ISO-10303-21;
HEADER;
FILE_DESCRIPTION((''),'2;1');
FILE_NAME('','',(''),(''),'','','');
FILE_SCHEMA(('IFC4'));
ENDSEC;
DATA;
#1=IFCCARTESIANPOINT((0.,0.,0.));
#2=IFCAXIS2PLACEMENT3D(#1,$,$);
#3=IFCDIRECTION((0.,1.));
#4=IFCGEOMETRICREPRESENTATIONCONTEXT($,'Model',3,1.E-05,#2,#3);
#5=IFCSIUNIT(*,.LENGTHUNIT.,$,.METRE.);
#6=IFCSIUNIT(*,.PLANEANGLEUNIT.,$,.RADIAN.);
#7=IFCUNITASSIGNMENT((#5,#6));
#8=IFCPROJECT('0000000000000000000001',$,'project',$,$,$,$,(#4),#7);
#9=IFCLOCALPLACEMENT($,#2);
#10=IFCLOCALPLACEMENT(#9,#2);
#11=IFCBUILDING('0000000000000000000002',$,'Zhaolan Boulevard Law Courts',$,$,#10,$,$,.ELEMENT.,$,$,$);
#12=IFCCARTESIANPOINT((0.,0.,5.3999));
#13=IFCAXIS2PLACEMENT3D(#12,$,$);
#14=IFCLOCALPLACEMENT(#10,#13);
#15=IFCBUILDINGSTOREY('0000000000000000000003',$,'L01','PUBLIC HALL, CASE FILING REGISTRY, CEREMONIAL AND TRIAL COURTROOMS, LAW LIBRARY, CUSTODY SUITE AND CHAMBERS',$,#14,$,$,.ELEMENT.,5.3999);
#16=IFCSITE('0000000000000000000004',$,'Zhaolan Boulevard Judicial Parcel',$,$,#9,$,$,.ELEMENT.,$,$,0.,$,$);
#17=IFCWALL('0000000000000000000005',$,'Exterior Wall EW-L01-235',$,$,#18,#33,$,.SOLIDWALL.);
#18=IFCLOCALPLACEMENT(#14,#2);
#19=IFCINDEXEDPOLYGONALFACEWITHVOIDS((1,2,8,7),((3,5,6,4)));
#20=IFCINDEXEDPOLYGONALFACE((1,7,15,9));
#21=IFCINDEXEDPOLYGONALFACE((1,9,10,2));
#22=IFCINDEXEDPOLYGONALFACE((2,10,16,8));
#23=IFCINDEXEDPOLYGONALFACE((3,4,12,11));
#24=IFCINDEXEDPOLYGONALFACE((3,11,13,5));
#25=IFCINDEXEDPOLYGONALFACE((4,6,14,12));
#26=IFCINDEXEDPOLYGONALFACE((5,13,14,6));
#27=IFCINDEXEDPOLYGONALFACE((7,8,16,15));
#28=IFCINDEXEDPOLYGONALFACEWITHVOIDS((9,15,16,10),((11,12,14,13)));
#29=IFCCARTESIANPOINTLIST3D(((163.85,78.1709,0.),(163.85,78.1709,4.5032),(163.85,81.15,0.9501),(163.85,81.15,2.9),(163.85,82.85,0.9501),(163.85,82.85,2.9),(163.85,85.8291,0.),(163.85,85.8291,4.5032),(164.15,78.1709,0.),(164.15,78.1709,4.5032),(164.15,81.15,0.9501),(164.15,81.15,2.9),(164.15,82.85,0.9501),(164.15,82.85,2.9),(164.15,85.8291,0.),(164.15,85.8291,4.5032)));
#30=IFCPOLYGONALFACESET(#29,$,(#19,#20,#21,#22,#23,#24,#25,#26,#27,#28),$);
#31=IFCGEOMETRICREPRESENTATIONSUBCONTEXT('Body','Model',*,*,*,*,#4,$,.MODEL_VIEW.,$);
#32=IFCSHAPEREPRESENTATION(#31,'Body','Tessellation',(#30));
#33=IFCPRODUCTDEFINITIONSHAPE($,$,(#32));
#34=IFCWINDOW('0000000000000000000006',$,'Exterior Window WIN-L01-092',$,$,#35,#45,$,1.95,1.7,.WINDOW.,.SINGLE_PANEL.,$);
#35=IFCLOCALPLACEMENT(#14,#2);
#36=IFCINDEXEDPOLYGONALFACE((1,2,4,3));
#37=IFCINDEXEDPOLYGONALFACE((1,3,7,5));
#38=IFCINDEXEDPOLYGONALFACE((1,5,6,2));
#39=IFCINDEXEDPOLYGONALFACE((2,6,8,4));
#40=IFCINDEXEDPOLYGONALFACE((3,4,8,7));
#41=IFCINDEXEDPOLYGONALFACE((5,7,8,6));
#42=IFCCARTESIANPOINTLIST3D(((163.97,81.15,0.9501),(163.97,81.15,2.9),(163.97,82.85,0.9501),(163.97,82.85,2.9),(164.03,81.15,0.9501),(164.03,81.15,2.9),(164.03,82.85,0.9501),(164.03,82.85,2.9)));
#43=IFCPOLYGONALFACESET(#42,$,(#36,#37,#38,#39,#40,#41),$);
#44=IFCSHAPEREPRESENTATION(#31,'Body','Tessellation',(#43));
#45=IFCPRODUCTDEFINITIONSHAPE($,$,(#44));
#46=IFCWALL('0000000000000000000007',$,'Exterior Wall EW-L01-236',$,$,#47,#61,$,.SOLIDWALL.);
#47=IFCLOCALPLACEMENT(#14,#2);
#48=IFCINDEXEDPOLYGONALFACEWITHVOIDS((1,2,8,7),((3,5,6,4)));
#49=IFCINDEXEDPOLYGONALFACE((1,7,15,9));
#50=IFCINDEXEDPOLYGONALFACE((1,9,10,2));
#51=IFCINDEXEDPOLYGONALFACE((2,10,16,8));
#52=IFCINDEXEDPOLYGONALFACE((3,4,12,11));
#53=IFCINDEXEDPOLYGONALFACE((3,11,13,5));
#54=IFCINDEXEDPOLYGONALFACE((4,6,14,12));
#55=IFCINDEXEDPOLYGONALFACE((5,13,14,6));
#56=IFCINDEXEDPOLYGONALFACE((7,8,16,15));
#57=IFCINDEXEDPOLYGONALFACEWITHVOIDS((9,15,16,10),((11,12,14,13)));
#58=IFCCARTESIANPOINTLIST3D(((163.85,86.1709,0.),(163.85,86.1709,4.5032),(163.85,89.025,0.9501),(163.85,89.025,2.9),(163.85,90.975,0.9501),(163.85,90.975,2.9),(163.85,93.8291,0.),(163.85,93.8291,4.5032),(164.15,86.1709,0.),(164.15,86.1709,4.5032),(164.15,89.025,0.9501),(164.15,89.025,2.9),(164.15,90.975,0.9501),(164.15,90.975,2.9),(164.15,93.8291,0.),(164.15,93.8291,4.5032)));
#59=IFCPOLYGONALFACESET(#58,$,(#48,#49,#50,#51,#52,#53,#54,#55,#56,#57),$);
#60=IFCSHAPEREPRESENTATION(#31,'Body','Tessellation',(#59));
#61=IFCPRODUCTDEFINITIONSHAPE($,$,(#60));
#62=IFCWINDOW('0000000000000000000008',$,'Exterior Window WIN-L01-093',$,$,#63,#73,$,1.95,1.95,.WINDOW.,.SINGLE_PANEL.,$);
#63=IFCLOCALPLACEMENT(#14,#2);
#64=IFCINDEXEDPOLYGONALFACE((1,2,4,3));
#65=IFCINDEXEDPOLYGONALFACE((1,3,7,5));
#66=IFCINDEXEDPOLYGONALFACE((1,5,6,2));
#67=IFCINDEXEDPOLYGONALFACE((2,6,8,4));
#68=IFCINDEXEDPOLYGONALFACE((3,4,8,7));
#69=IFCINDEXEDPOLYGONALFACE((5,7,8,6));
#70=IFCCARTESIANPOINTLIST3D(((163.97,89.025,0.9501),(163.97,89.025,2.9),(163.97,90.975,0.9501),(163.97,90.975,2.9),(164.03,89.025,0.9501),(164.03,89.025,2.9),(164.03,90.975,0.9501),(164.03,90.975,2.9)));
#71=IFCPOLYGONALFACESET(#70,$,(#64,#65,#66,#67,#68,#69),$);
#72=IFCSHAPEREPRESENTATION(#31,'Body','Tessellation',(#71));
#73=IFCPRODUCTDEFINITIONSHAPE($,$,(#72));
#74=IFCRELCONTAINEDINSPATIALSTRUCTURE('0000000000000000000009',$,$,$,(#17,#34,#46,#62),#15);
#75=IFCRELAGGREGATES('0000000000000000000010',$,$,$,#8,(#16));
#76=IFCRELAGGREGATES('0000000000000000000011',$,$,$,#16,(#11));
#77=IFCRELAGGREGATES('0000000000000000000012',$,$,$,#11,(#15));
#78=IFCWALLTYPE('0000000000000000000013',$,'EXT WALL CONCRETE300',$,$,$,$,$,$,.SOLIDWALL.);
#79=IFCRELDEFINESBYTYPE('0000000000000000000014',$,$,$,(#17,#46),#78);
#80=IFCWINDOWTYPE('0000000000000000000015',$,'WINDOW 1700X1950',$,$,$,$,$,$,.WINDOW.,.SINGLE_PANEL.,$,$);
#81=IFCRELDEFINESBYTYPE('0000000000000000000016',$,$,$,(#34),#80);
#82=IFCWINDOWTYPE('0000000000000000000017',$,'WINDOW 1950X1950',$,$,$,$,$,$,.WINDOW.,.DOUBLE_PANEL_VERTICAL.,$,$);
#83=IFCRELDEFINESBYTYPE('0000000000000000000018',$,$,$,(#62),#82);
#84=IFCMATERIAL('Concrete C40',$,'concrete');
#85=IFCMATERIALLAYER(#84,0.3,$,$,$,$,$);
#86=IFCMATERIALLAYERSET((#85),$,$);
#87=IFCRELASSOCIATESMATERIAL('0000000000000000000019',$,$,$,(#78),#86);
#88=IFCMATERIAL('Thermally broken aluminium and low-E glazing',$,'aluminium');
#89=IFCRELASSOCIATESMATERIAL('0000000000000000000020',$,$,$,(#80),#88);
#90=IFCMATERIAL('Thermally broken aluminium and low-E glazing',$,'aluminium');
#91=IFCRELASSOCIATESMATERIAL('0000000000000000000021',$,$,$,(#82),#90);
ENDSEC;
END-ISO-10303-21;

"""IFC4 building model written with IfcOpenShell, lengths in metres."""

from ifc_helpers import new_model, si_unit, direction, frame, frame_2d, origin, place, context, subcontext, project, spatial, rectangle, extrude, material, layer, layer_set, type_object, element, fill, save


model = new_model("IFC4")

# Units and contexts
model_context = context("Model", 3, precision=1e-05, world=origin(), true_north=direction((0.0, 1.0)))
body_context = subcontext(model_context, "Body", "Model", "MODEL_VIEW")
ifc_project = project(units=[si_unit("LENGTHUNIT", "METRE"), si_unit("PLANEANGLEUNIT", "RADIAN")], contexts=[model_context])

# Site, building, storey
site_placement = place(None, origin())
site = spatial("IfcSite", under=ifc_project, at=site_placement, Name="Zhaolan Boulevard Judicial Parcel", CompositionType="ELEMENT", RefElevation=0.0)
building_placement = place(site_placement, origin())
building = spatial("IfcBuilding", under=site, at=building_placement, Name="Zhaolan Boulevard Law Courts", CompositionType="ELEMENT")
storey_placement = place(building_placement, frame((0.0, 0.0, 5.3999)))
storey = spatial("IfcBuildingStorey", under=building, at=storey_placement, Name="L01", Description="PUBLIC HALL, CASE FILING REGISTRY, CEREMONIAL AND TRIAL COURTROOMS, LAW LIBRARY, CUSTODY SUITE AND CHAMBERS", CompositionType="ELEMENT", Elevation=5.3999)

# Walls, openings, windows
ifc_material_1 = material(Name="Concrete C40", Category="concrete")
ifc_layer_1 = layer(ifc_material_1, 0.3)
ifc_layer_set_1 = layer_set([ifc_layer_1])
wall_type = type_object("IfcWallType", Name="EXT WALL CONCRETE300", PredefinedType="SOLIDWALL", material=ifc_layer_set_1)
wall_1_placement = place(storey_placement, frame((164.0, 78.1709, 0.0), z_axis=(0.0, 0.0, 1.0), x_axis=(0.0, 1.0, 0.0)))
wall_1 = element("IfcWall", 1, at=wall_1_placement, inside=storey, type_object=wall_type, Name="Exterior Wall EW-L01-235", PredefinedType="SOLIDWALL", context=body_context, shape_type="SweptSolid", body=[
    extrude(rectangle(XDim=7.6582, YDim=0.3, at=frame_2d((3.8291, 0.0))), origin(), (0.0, 0.0, 1.0), 4.5032),
])
opening_1_placement = place(wall_1_placement, frame((2.979, 0.0, 0.95)))
opening_1 = element("IfcOpeningElement", 2, at=opening_1_placement, cuts=wall_1, PredefinedType="OPENING", context=body_context, shape_type="SweptSolid", body=[
    extrude(rectangle(XDim=1.7, YDim=1.95, at=frame_2d((0.8501, 0.9751))), frame((0.0, 0.1599, 0.0), z_axis=(0.0, -1.0, 0.0), x_axis=(1.0, 0.0, 0.0)), (0.0, 0.0, 1.0), 0.3201),
])
ifc_material_2 = material(Name="Thermally broken aluminium and low-E glazing", Category="aluminium")
window_type_1 = type_object("IfcWindowType", Name="WINDOW 1700X1950", PartitioningType="SINGLE_PANEL", PredefinedType="WINDOW", material=ifc_material_2)
window_1_placement = place(opening_1_placement, origin())
window_1 = element("IfcWindow", 3, at=window_1_placement, inside=storey, type_object=window_type_1, Name="Exterior Window WIN-L01-092", OverallHeight=1.95, OverallWidth=1.7, PartitioningType="SINGLE_PANEL", PredefinedType="WINDOW", context=body_context, shape_type="SweptSolid", body=[
    extrude(rectangle(XDim=1.7, YDim=1.95, at=frame_2d((0.8501, 0.9751))), frame((0.0, 0.03, 0.0), z_axis=(0.0, -1.0, 0.0), x_axis=(1.0, 0.0, 0.0)), (0.0, 0.0, 1.0), 0.0601),
])
fill(opening_1, window_1)
wall_2_placement = place(storey_placement, frame((164.0, 86.1709, 0.0), z_axis=(0.0, 0.0, 1.0), x_axis=(0.0, 1.0, 0.0)))
wall_2 = element("IfcWall", 4, at=wall_2_placement, inside=storey, type_object=wall_type, Name="Exterior Wall EW-L01-236", PredefinedType="SOLIDWALL", context=body_context, shape_type="SweptSolid", body=[
    extrude(rectangle(XDim=7.6582, YDim=0.3, at=frame_2d((3.8291, 0.0))), origin(), (0.0, 0.0, 1.0), 4.5032),
])
opening_2_placement = place(wall_2_placement, frame((2.854, 0.0, 0.95)))
opening_2 = element("IfcOpeningElement", 5, at=opening_2_placement, cuts=wall_2, PredefinedType="OPENING", context=body_context, shape_type="SweptSolid", body=[
    extrude(rectangle(XDim=1.95, YDim=1.95, at=frame_2d((0.9751, 0.9751))), frame((0.0, 0.1599, 0.0), z_axis=(0.0, -1.0, 0.0), x_axis=(1.0, 0.0, 0.0)), (0.0, 0.0, 1.0), 0.3201),
])
ifc_material_3 = material(Name="Thermally broken aluminium and low-E glazing", Category="aluminium")
window_type_2 = type_object("IfcWindowType", Name="WINDOW 1950X1950", PartitioningType="DOUBLE_PANEL_VERTICAL", PredefinedType="WINDOW", material=ifc_material_3)
window_2_placement = place(opening_2_placement, origin())
window_2 = element("IfcWindow", 6, at=window_2_placement, inside=storey, type_object=window_type_2, Name="Exterior Window WIN-L01-093", OverallHeight=1.95, OverallWidth=1.95, PartitioningType="SINGLE_PANEL", PredefinedType="WINDOW", context=body_context, shape_type="SweptSolid", body=[
    extrude(rectangle(XDim=1.95, YDim=1.95, at=frame_2d((0.9751, 0.9751))), frame((0.0, 0.03, 0.0), z_axis=(0.0, -1.0, 0.0), x_axis=(1.0, 0.0, 0.0)), (0.0, 0.0, 1.0), 0.0601),
])
fill(opening_2, window_2)

save(model, "model.ifc")
